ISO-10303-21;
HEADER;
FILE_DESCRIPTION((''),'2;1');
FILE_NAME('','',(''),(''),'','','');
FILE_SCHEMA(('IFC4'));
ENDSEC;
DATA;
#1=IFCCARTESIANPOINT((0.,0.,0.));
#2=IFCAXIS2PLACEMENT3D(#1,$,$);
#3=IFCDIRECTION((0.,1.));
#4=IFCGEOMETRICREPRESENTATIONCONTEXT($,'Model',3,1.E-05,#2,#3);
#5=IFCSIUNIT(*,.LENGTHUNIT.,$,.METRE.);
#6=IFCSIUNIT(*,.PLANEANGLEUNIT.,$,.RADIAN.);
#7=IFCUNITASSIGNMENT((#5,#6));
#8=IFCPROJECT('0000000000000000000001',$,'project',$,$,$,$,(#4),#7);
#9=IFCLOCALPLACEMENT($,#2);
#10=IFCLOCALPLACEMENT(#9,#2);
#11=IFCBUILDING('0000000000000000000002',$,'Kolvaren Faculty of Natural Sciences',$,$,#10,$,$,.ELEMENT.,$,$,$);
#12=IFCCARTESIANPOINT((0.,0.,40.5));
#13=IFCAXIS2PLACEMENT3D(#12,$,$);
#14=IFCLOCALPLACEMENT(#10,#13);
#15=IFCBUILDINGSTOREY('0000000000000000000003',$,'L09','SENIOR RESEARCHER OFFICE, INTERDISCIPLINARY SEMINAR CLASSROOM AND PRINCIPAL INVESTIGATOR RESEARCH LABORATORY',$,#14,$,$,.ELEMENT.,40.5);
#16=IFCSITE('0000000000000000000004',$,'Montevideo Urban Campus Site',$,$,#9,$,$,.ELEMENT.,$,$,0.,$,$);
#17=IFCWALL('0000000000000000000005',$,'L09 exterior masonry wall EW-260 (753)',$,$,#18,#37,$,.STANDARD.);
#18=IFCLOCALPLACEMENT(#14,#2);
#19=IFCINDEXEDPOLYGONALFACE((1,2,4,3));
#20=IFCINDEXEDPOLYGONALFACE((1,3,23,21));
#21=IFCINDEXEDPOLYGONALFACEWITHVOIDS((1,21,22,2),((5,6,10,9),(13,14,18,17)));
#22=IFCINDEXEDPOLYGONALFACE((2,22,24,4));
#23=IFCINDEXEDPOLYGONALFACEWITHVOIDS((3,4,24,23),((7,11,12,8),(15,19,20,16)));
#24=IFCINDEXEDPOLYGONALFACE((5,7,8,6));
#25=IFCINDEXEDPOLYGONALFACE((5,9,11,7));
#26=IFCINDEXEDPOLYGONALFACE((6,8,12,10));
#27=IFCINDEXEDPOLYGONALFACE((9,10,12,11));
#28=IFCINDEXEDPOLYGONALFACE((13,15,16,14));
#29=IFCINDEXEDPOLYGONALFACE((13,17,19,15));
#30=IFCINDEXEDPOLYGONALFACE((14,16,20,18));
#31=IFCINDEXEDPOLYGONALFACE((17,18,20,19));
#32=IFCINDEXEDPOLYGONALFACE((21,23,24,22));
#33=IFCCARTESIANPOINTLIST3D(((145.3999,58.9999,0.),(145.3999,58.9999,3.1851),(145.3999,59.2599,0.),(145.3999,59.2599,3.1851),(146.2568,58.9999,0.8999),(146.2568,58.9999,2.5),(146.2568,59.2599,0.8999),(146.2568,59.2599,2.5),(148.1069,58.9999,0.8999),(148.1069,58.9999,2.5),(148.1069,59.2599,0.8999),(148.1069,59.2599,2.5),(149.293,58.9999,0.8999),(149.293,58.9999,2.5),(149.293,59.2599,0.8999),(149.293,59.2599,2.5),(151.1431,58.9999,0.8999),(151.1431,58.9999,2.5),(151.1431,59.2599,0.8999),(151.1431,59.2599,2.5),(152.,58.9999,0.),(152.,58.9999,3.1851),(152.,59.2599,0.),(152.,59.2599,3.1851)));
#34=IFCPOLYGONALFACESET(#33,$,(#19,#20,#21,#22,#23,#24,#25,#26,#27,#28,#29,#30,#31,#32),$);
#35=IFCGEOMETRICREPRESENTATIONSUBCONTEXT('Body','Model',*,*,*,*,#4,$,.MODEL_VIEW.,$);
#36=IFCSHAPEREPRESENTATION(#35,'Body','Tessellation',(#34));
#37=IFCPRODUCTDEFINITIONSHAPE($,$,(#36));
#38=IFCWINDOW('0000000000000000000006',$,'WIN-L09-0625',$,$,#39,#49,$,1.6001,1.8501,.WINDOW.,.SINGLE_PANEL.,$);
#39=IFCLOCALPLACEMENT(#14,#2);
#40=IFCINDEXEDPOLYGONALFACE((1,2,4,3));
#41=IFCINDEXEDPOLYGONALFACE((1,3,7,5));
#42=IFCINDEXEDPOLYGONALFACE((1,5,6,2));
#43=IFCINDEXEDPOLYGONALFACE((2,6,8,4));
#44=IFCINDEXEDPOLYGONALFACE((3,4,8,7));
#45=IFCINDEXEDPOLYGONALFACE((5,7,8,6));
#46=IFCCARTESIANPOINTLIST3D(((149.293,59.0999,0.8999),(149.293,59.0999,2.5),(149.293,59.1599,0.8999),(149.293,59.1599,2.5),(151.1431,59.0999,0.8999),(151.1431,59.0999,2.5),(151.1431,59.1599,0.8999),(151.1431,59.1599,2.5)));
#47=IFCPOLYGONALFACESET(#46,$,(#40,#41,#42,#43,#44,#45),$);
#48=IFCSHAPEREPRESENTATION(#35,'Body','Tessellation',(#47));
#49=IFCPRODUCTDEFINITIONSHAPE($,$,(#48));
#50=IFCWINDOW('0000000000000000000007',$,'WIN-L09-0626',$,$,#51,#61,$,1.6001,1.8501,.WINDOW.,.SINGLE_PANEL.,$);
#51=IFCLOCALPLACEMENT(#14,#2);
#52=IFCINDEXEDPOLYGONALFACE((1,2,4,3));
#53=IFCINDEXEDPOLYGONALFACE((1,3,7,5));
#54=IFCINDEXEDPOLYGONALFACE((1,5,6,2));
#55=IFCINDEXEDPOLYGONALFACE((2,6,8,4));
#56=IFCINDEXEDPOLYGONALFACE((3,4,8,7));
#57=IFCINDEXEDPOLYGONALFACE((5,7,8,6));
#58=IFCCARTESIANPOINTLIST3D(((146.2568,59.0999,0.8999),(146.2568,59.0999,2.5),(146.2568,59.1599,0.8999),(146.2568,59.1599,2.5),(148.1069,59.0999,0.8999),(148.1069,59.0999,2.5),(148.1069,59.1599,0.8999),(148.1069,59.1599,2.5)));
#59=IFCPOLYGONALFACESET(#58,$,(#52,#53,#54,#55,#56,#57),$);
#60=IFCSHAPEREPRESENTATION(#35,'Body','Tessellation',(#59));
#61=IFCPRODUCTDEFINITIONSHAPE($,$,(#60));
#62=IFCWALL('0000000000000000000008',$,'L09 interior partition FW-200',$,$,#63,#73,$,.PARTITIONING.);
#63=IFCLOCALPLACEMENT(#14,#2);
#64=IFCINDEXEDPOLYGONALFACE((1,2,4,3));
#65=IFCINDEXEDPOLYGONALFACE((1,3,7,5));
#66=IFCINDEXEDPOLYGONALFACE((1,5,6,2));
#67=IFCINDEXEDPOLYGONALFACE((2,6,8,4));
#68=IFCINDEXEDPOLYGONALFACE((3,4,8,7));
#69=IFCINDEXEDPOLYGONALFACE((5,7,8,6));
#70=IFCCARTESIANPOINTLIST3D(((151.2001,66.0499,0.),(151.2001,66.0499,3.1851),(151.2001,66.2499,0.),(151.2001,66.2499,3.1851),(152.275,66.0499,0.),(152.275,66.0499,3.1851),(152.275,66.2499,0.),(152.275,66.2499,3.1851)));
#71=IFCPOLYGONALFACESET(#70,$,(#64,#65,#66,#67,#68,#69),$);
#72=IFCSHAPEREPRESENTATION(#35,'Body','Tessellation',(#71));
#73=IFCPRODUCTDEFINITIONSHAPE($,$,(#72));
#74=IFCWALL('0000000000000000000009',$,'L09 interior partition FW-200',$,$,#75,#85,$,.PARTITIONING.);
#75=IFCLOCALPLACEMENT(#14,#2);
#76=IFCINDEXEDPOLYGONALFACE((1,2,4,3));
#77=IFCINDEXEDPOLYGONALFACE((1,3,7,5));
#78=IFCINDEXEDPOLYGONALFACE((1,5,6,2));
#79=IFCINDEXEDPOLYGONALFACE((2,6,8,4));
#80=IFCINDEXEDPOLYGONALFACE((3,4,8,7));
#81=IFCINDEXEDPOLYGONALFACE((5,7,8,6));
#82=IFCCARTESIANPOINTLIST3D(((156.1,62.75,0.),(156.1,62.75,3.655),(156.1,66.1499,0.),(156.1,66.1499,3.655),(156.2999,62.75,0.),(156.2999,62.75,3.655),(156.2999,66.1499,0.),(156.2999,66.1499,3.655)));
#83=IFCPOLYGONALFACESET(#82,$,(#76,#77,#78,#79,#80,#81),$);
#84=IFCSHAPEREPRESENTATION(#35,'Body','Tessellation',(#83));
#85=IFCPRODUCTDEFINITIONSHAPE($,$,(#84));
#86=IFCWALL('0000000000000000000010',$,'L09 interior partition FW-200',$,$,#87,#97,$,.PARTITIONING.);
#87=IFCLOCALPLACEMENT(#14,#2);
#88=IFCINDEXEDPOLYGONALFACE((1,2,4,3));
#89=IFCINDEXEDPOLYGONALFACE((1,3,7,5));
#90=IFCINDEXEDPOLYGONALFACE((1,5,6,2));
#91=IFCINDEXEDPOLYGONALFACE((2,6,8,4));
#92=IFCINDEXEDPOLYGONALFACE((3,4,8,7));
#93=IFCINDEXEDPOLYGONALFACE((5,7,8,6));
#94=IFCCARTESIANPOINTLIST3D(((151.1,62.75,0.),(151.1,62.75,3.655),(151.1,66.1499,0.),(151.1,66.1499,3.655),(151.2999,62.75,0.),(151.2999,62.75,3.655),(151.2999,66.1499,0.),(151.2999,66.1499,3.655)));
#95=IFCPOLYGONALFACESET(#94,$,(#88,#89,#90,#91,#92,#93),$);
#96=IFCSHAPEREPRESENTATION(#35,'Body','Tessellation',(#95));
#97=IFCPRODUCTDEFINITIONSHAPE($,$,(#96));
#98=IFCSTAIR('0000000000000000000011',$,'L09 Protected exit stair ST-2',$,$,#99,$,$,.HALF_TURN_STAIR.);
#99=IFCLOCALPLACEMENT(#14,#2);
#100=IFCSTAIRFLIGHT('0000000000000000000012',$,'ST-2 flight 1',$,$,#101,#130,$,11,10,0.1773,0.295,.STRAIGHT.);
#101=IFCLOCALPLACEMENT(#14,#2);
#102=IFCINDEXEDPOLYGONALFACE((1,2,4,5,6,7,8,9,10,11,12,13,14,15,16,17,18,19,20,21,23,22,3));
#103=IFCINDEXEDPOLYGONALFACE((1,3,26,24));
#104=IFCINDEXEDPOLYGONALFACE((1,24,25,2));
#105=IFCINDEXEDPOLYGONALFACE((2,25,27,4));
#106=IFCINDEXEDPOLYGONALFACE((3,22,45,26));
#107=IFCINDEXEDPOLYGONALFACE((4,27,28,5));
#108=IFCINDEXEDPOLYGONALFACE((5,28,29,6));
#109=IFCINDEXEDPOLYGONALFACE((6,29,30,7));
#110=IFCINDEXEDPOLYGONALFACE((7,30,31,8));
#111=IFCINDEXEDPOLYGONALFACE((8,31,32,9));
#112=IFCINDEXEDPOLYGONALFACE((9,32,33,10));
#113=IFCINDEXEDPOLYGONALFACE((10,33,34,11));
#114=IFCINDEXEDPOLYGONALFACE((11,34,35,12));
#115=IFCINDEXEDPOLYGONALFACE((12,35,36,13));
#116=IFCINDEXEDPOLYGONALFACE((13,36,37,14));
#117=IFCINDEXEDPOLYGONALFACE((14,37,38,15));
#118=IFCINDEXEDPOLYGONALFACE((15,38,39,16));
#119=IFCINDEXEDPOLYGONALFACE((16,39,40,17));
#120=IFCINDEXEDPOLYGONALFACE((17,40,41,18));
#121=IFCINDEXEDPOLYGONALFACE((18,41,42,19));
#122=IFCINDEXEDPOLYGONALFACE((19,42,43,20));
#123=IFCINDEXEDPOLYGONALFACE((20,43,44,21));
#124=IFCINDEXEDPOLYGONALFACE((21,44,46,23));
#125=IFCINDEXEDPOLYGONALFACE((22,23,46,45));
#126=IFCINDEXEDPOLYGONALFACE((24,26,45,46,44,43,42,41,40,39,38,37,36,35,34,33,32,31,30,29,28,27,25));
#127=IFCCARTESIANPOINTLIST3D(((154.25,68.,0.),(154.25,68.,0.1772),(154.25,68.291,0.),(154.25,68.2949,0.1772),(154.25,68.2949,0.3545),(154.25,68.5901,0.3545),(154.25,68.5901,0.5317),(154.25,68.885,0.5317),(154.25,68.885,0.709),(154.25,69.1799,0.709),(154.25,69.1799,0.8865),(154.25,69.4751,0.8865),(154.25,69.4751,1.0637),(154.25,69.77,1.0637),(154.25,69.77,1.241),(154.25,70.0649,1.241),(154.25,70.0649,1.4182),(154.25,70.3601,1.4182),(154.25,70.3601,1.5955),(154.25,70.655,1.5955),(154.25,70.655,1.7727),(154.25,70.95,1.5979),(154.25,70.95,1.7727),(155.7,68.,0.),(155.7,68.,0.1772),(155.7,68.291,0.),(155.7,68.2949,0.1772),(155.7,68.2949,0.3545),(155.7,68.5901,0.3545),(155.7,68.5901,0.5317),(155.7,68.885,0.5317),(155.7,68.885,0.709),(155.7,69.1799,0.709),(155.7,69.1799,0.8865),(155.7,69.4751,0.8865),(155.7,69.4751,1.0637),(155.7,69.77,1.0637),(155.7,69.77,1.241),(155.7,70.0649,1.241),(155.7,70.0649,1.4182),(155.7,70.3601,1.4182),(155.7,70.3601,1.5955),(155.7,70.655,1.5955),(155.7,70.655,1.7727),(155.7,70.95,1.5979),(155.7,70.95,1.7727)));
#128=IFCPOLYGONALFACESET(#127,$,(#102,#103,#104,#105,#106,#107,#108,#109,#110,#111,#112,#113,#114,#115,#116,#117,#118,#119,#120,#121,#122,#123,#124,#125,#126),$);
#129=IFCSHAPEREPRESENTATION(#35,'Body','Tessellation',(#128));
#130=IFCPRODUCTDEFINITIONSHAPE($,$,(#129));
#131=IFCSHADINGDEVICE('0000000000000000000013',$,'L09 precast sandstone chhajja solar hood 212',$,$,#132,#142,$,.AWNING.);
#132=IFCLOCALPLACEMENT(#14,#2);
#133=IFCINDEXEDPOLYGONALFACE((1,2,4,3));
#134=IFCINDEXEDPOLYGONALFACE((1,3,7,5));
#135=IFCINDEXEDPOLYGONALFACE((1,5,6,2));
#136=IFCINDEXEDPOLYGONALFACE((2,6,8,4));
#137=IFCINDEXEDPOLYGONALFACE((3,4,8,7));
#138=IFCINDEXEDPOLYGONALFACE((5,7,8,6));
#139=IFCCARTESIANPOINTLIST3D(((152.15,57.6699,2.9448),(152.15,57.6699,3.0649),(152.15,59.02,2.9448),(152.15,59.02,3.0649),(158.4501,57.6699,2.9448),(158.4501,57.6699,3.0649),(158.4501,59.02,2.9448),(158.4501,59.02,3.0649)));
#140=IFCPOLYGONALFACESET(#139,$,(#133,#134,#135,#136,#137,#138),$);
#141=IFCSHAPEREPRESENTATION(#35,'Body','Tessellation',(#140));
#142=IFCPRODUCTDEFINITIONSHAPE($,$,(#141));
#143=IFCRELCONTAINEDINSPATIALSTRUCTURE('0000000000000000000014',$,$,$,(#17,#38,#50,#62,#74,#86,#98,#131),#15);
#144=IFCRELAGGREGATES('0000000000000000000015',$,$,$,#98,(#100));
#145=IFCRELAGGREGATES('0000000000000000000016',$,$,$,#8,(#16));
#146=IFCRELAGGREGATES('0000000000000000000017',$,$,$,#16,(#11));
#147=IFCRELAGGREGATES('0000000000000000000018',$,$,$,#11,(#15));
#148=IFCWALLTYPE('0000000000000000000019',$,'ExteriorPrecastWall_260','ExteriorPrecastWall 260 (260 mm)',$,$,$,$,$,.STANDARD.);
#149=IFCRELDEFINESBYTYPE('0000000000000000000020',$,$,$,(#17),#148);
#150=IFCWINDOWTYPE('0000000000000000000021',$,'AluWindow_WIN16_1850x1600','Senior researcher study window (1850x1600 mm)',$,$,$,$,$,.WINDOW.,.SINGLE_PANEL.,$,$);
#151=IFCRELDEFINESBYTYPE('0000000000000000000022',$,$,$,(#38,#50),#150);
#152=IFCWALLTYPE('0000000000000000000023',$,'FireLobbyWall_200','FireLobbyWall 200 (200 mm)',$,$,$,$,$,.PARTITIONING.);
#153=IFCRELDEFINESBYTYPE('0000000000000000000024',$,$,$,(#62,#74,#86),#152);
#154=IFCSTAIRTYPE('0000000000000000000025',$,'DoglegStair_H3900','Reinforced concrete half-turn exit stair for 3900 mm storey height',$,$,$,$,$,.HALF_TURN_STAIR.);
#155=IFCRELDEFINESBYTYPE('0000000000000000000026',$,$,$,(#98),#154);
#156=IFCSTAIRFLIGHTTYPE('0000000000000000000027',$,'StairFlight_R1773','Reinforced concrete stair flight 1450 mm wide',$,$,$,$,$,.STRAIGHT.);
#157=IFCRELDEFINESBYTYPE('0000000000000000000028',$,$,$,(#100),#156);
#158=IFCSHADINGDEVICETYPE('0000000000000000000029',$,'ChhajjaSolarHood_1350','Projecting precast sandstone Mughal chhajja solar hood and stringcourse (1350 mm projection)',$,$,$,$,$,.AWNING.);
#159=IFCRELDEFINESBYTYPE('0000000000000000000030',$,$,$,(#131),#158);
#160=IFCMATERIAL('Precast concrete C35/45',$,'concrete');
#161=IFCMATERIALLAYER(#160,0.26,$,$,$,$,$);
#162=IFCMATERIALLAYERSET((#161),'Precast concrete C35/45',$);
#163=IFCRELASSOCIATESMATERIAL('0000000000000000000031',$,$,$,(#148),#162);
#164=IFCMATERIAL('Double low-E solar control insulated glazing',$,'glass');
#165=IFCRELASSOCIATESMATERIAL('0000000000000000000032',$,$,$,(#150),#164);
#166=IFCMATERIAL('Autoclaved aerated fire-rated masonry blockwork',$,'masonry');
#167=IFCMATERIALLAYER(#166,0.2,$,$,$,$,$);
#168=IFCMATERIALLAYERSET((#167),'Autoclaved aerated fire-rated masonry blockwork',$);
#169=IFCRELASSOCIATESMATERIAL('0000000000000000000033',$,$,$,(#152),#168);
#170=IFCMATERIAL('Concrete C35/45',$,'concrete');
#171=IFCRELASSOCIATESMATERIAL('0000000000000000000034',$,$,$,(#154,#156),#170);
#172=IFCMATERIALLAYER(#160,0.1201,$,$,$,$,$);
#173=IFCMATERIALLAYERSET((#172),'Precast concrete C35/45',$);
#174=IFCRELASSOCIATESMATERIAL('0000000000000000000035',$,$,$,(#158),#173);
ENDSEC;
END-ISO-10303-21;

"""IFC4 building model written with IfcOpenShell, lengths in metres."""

from ifc_helpers import new_model, si_unit, direction, frame, frame_2d, origin, origin_2d, place, context, subcontext, project, spatial, polyline, rectangle, outline, extrude, material, layer, layer_set, type_object, element, fill, aggregate, save


model = new_model("IFC4")

# Units and contexts
model_context = context("Model", 3, precision=1e-05, world=origin(), true_north=direction((0.0, 1.0)))
body_context = subcontext(model_context, "Body", "Model", "MODEL_VIEW")
ifc_project = project(units=[si_unit("LENGTHUNIT", "METRE"), si_unit("PLANEANGLEUNIT", "RADIAN")], contexts=[model_context])

# Site, building, storey
site_placement = place(None, origin())
site = spatial("IfcSite", under=ifc_project, at=site_placement, Name="Montevideo Urban Campus Site", CompositionType="ELEMENT", RefElevation=0.0)
building_placement = place(site_placement, origin())
building = spatial("IfcBuilding", under=site, at=building_placement, Name="Kolvaren Faculty of Natural Sciences", CompositionType="ELEMENT")
storey_placement = place(building_placement, frame((0.0, 0.0, 40.5)))
storey = spatial("IfcBuildingStorey", under=building, at=storey_placement, Name="L09", Description="SENIOR RESEARCHER OFFICE, INTERDISCIPLINARY SEMINAR CLASSROOM AND PRINCIPAL INVESTIGATOR RESEARCH LABORATORY", CompositionType="ELEMENT", Elevation=40.5)

# Shared definitions
ifc_material_1 = material(Name="Concrete C35/45", Category="concrete")

# Wall, openings, windows
ifc_material_2 = material(Name="Precast concrete C35/45", Category="concrete")
ifc_layer_1 = layer(ifc_material_2, 0.26)
ifc_layer_set_1 = layer_set([ifc_layer_1], Name="Precast concrete C35/45")
wall_type_1 = type_object("IfcWallType", Name="ExteriorPrecastWall_260", Description="ExteriorPrecastWall 260 (260 mm)", PredefinedType="STANDARD", material=ifc_layer_set_1)
wall_1_placement = place(storey_placement, frame((152.0, 59.1299, 0.0), z_axis=(0.0, 0.0, 1.0), x_axis=(-1.0, 0.0, 0.0)))
wall_1 = element("IfcWall", 1, at=wall_1_placement, inside=storey, type_object=wall_type_1, Name="L09 exterior masonry wall EW-260 (753)", PredefinedType="STANDARD", context=body_context, shape_type="SweptSolid", body=[
    extrude(rectangle(XDim=6.6001, YDim=0.26, at=frame_2d((3.3, 0.0))), origin(), (0.0, 0.0, 1.0), 3.1851),
])
opening_1_placement = place(wall_1_placement, frame((0.8569, 0.0, 0.8999)))
opening_1 = element("IfcOpeningElement", 2, at=opening_1_placement, cuts=wall_1, PredefinedType="OPENING", context=body_context, shape_type="SweptSolid", body=[
    extrude(rectangle(XDim=1.8501, YDim=1.6001, at=frame_2d((0.925, 0.8))), frame((0.0, 0.1399, 0.0), z_axis=(0.0, -1.0, 0.0), x_axis=(1.0, 0.0, 0.0)), (0.0, 0.0, 1.0), 0.28),
])
opening_2_placement = place(wall_1_placement, frame((3.8931, 0.0, 0.8999)))
opening_2 = element("IfcOpeningElement", 3, at=opening_2_placement, cuts=wall_1, PredefinedType="OPENING", context=body_context, shape_type="SweptSolid", body=[
    extrude(rectangle(XDim=1.8501, YDim=1.6001, at=frame_2d((0.925, 0.8))), frame((0.0, 0.1399, 0.0), z_axis=(0.0, -1.0, 0.0), x_axis=(1.0, 0.0, 0.0)), (0.0, 0.0, 1.0), 0.28),
])
ifc_material_3 = material(Name="Double low-E solar control insulated glazing", Category="glass")
window_type = type_object("IfcWindowType", Name="AluWindow_WIN16_1850x1600", Description="Senior researcher study window (1850x1600 mm)", PartitioningType="SINGLE_PANEL", PredefinedType="WINDOW", material=ifc_material_3)
window_1_placement = place(opening_1_placement, origin())
window_1 = element("IfcWindow", 4, at=window_1_placement, inside=storey, type_object=window_type, Name="WIN-L09-0625", OverallHeight=1.6001, OverallWidth=1.8501, PartitioningType="SINGLE_PANEL", PredefinedType="WINDOW", context=body_context, shape_type="SweptSolid", body=[
    extrude(rectangle(XDim=1.8501, YDim=1.6001, at=frame_2d((0.925, 0.8))), frame((0.0, 0.03, 0.0), z_axis=(0.0, -1.0, 0.0), x_axis=(1.0, 0.0, 0.0)), (0.0, 0.0, 1.0), 0.0601),
])
fill(opening_1, window_1)
window_2_placement = place(opening_2_placement, origin())
window_2 = element("IfcWindow", 5, at=window_2_placement, inside=storey, type_object=window_type, Name="WIN-L09-0626", OverallHeight=1.6001, OverallWidth=1.8501, PartitioningType="SINGLE_PANEL", PredefinedType="WINDOW", context=body_context, shape_type="SweptSolid", body=[
    extrude(rectangle(XDim=1.8501, YDim=1.6001, at=frame_2d((0.925, 0.8))), frame((0.0, 0.03, 0.0), z_axis=(0.0, -1.0, 0.0), x_axis=(1.0, 0.0, 0.0)), (0.0, 0.0, 1.0), 0.0601),
])
fill(opening_2, window_2)

# Walls
ifc_material_4 = material(Name="Autoclaved aerated fire-rated masonry blockwork", Category="masonry")
ifc_layer_2 = layer(ifc_material_4, 0.2)
ifc_layer_set_2 = layer_set([ifc_layer_2], Name="Autoclaved aerated fire-rated masonry blockwork")
wall_type_2 = type_object("IfcWallType", Name="FireLobbyWall_200", Description="FireLobbyWall 200 (200 mm)", PredefinedType="PARTITIONING", material=ifc_layer_set_2)
wall_2_placement = place(storey_placement, frame((151.2, 66.1499, 0.0), z_axis=(0.0, 0.0, 1.0), x_axis=(1.0, 0.0, 0.0)))
element("IfcWall", 6, at=wall_2_placement, inside=storey, type_object=wall_type_2, Name="L09 interior partition FW-200", PredefinedType="PARTITIONING", context=body_context, shape_type="SweptSolid", body=[
    extrude(rectangle(XDim=1.075, YDim=0.2, at=frame_2d((0.5376, 0.0))), origin(), (0.0, 0.0, 1.0), 3.1851),
])
wall_3_placement = place(storey_placement, frame((156.2, 66.1499, 0.0), z_axis=(0.0, 0.0, 1.0), x_axis=(0.0, -1.0, 0.0)))
element("IfcWall", 7, at=wall_3_placement, inside=storey, type_object=wall_type_2, Name="L09 interior partition FW-200", PredefinedType="PARTITIONING", context=body_context, shape_type="SweptSolid", body=[
    extrude(rectangle(XDim=3.3999, YDim=0.2, at=frame_2d((1.7, 0.0))), origin(), (0.0, 0.0, 1.0), 3.655),
])

# Wall
wall_4_placement = place(storey_placement, frame((151.2, 62.75, 0.0), z_axis=(0.0, 0.0, 1.0), x_axis=(0.0, 1.0, 0.0)))
element("IfcWall", 8, at=wall_4_placement, inside=storey, type_object=wall_type_2, Name="L09 interior partition FW-200", PredefinedType="PARTITIONING", context=body_context, shape_type="SweptSolid", body=[
    extrude(rectangle(XDim=3.3999, YDim=0.2, at=frame_2d((1.7, 0.0))), origin(), (0.0, 0.0, 1.0), 3.655),
])

# Stair, stair flight
stair_type = type_object("IfcStairType", Name="DoglegStair_H3900", Description="Reinforced concrete half-turn exit stair for 3900 mm storey height", PredefinedType="HALF_TURN_STAIR", material=ifc_material_1)
stair_placement = place(storey_placement, origin())
stair = element("IfcStair", 9, at=stair_placement, inside=storey, type_object=stair_type, Name="L09 Protected exit stair ST-2", PredefinedType="HALF_TURN_STAIR")
stair_flight_type = type_object("IfcStairFlightType", Name="StairFlight_R1773", Description="Reinforced concrete stair flight 1450 mm wide", PredefinedType="STRAIGHT", material=ifc_material_1)
stair_flight_placement = place(storey_placement, frame((154.9751, 68.0, 0.0), z_axis=(0.0, 0.0, 1.0), x_axis=(0.0, 1.0, 0.0)))
stair_flight = element("IfcStairFlight", 10, at=stair_flight_placement, type_object=stair_flight_type, Name="ST-2 flight 1", NumberOfRisers=11, NumberOfTreads=10, PredefinedType="STRAIGHT", RiserHeight=0.1773, TreadLength=0.295, context=body_context, shape_type="SweptSolid", body=[
    extrude(outline(polyline([(0.0, 0.0), (0.0, 0.1772), (0.2949, 0.1772), (0.2949, 0.3545), (0.5901, 0.3545), (0.5901, 0.5317), (0.885, 0.5317), (0.885, 0.709), (1.1799, 0.709), (1.1799, 0.8865), (1.4751, 0.8865), (1.4751, 1.0637), (1.77, 1.0637), (1.77, 1.241), (2.0649, 1.241), (2.0649, 1.4182), (2.3601, 1.4182), (2.3601, 1.5955), (2.655, 1.5955), (2.655, 1.7727), (2.95, 1.7727), (2.95, 1.95), (2.95, 1.5979), (0.291, 0.0), (0.0, 0.0)])), frame((0.0, 0.7251, 0.0), z_axis=(0.0, -1.0, 0.0), x_axis=(1.0, 0.0, 0.0)), (0.0, 0.0, 1.0), 1.45),
])
aggregate(stair, [stair_flight])

# Shading device
ifc_layer_3 = layer(ifc_material_2, 0.1201)
ifc_layer_set_3 = layer_set([ifc_layer_3], Name="Precast concrete C35/45")
shading_device_type = type_object("IfcShadingDeviceType", Name="ChhajjaSolarHood_1350", Description="Projecting precast sandstone Mughal chhajja solar hood and stringcourse (1350 mm projection)", PredefinedType="AWNING", material=ifc_layer_set_3)
shading_device_placement = place(storey_placement, frame((155.3, 58.345, 2.9448), z_axis=(0.0, 0.0, 1.0), x_axis=(-1.0, 0.0, 0.0)))
element("IfcShadingDevice", 11, at=shading_device_placement, inside=storey, type_object=shading_device_type, Name="L09 precast sandstone chhajja solar hood 212", PredefinedType="AWNING", context=body_context, shape_type="SweptSolid", body=[
    extrude(rectangle(XDim=6.3, YDim=1.3501, at=origin_2d()), origin(), (0.0, 0.0, 1.0), 0.1201),
])

save(model, "model.ifc")
